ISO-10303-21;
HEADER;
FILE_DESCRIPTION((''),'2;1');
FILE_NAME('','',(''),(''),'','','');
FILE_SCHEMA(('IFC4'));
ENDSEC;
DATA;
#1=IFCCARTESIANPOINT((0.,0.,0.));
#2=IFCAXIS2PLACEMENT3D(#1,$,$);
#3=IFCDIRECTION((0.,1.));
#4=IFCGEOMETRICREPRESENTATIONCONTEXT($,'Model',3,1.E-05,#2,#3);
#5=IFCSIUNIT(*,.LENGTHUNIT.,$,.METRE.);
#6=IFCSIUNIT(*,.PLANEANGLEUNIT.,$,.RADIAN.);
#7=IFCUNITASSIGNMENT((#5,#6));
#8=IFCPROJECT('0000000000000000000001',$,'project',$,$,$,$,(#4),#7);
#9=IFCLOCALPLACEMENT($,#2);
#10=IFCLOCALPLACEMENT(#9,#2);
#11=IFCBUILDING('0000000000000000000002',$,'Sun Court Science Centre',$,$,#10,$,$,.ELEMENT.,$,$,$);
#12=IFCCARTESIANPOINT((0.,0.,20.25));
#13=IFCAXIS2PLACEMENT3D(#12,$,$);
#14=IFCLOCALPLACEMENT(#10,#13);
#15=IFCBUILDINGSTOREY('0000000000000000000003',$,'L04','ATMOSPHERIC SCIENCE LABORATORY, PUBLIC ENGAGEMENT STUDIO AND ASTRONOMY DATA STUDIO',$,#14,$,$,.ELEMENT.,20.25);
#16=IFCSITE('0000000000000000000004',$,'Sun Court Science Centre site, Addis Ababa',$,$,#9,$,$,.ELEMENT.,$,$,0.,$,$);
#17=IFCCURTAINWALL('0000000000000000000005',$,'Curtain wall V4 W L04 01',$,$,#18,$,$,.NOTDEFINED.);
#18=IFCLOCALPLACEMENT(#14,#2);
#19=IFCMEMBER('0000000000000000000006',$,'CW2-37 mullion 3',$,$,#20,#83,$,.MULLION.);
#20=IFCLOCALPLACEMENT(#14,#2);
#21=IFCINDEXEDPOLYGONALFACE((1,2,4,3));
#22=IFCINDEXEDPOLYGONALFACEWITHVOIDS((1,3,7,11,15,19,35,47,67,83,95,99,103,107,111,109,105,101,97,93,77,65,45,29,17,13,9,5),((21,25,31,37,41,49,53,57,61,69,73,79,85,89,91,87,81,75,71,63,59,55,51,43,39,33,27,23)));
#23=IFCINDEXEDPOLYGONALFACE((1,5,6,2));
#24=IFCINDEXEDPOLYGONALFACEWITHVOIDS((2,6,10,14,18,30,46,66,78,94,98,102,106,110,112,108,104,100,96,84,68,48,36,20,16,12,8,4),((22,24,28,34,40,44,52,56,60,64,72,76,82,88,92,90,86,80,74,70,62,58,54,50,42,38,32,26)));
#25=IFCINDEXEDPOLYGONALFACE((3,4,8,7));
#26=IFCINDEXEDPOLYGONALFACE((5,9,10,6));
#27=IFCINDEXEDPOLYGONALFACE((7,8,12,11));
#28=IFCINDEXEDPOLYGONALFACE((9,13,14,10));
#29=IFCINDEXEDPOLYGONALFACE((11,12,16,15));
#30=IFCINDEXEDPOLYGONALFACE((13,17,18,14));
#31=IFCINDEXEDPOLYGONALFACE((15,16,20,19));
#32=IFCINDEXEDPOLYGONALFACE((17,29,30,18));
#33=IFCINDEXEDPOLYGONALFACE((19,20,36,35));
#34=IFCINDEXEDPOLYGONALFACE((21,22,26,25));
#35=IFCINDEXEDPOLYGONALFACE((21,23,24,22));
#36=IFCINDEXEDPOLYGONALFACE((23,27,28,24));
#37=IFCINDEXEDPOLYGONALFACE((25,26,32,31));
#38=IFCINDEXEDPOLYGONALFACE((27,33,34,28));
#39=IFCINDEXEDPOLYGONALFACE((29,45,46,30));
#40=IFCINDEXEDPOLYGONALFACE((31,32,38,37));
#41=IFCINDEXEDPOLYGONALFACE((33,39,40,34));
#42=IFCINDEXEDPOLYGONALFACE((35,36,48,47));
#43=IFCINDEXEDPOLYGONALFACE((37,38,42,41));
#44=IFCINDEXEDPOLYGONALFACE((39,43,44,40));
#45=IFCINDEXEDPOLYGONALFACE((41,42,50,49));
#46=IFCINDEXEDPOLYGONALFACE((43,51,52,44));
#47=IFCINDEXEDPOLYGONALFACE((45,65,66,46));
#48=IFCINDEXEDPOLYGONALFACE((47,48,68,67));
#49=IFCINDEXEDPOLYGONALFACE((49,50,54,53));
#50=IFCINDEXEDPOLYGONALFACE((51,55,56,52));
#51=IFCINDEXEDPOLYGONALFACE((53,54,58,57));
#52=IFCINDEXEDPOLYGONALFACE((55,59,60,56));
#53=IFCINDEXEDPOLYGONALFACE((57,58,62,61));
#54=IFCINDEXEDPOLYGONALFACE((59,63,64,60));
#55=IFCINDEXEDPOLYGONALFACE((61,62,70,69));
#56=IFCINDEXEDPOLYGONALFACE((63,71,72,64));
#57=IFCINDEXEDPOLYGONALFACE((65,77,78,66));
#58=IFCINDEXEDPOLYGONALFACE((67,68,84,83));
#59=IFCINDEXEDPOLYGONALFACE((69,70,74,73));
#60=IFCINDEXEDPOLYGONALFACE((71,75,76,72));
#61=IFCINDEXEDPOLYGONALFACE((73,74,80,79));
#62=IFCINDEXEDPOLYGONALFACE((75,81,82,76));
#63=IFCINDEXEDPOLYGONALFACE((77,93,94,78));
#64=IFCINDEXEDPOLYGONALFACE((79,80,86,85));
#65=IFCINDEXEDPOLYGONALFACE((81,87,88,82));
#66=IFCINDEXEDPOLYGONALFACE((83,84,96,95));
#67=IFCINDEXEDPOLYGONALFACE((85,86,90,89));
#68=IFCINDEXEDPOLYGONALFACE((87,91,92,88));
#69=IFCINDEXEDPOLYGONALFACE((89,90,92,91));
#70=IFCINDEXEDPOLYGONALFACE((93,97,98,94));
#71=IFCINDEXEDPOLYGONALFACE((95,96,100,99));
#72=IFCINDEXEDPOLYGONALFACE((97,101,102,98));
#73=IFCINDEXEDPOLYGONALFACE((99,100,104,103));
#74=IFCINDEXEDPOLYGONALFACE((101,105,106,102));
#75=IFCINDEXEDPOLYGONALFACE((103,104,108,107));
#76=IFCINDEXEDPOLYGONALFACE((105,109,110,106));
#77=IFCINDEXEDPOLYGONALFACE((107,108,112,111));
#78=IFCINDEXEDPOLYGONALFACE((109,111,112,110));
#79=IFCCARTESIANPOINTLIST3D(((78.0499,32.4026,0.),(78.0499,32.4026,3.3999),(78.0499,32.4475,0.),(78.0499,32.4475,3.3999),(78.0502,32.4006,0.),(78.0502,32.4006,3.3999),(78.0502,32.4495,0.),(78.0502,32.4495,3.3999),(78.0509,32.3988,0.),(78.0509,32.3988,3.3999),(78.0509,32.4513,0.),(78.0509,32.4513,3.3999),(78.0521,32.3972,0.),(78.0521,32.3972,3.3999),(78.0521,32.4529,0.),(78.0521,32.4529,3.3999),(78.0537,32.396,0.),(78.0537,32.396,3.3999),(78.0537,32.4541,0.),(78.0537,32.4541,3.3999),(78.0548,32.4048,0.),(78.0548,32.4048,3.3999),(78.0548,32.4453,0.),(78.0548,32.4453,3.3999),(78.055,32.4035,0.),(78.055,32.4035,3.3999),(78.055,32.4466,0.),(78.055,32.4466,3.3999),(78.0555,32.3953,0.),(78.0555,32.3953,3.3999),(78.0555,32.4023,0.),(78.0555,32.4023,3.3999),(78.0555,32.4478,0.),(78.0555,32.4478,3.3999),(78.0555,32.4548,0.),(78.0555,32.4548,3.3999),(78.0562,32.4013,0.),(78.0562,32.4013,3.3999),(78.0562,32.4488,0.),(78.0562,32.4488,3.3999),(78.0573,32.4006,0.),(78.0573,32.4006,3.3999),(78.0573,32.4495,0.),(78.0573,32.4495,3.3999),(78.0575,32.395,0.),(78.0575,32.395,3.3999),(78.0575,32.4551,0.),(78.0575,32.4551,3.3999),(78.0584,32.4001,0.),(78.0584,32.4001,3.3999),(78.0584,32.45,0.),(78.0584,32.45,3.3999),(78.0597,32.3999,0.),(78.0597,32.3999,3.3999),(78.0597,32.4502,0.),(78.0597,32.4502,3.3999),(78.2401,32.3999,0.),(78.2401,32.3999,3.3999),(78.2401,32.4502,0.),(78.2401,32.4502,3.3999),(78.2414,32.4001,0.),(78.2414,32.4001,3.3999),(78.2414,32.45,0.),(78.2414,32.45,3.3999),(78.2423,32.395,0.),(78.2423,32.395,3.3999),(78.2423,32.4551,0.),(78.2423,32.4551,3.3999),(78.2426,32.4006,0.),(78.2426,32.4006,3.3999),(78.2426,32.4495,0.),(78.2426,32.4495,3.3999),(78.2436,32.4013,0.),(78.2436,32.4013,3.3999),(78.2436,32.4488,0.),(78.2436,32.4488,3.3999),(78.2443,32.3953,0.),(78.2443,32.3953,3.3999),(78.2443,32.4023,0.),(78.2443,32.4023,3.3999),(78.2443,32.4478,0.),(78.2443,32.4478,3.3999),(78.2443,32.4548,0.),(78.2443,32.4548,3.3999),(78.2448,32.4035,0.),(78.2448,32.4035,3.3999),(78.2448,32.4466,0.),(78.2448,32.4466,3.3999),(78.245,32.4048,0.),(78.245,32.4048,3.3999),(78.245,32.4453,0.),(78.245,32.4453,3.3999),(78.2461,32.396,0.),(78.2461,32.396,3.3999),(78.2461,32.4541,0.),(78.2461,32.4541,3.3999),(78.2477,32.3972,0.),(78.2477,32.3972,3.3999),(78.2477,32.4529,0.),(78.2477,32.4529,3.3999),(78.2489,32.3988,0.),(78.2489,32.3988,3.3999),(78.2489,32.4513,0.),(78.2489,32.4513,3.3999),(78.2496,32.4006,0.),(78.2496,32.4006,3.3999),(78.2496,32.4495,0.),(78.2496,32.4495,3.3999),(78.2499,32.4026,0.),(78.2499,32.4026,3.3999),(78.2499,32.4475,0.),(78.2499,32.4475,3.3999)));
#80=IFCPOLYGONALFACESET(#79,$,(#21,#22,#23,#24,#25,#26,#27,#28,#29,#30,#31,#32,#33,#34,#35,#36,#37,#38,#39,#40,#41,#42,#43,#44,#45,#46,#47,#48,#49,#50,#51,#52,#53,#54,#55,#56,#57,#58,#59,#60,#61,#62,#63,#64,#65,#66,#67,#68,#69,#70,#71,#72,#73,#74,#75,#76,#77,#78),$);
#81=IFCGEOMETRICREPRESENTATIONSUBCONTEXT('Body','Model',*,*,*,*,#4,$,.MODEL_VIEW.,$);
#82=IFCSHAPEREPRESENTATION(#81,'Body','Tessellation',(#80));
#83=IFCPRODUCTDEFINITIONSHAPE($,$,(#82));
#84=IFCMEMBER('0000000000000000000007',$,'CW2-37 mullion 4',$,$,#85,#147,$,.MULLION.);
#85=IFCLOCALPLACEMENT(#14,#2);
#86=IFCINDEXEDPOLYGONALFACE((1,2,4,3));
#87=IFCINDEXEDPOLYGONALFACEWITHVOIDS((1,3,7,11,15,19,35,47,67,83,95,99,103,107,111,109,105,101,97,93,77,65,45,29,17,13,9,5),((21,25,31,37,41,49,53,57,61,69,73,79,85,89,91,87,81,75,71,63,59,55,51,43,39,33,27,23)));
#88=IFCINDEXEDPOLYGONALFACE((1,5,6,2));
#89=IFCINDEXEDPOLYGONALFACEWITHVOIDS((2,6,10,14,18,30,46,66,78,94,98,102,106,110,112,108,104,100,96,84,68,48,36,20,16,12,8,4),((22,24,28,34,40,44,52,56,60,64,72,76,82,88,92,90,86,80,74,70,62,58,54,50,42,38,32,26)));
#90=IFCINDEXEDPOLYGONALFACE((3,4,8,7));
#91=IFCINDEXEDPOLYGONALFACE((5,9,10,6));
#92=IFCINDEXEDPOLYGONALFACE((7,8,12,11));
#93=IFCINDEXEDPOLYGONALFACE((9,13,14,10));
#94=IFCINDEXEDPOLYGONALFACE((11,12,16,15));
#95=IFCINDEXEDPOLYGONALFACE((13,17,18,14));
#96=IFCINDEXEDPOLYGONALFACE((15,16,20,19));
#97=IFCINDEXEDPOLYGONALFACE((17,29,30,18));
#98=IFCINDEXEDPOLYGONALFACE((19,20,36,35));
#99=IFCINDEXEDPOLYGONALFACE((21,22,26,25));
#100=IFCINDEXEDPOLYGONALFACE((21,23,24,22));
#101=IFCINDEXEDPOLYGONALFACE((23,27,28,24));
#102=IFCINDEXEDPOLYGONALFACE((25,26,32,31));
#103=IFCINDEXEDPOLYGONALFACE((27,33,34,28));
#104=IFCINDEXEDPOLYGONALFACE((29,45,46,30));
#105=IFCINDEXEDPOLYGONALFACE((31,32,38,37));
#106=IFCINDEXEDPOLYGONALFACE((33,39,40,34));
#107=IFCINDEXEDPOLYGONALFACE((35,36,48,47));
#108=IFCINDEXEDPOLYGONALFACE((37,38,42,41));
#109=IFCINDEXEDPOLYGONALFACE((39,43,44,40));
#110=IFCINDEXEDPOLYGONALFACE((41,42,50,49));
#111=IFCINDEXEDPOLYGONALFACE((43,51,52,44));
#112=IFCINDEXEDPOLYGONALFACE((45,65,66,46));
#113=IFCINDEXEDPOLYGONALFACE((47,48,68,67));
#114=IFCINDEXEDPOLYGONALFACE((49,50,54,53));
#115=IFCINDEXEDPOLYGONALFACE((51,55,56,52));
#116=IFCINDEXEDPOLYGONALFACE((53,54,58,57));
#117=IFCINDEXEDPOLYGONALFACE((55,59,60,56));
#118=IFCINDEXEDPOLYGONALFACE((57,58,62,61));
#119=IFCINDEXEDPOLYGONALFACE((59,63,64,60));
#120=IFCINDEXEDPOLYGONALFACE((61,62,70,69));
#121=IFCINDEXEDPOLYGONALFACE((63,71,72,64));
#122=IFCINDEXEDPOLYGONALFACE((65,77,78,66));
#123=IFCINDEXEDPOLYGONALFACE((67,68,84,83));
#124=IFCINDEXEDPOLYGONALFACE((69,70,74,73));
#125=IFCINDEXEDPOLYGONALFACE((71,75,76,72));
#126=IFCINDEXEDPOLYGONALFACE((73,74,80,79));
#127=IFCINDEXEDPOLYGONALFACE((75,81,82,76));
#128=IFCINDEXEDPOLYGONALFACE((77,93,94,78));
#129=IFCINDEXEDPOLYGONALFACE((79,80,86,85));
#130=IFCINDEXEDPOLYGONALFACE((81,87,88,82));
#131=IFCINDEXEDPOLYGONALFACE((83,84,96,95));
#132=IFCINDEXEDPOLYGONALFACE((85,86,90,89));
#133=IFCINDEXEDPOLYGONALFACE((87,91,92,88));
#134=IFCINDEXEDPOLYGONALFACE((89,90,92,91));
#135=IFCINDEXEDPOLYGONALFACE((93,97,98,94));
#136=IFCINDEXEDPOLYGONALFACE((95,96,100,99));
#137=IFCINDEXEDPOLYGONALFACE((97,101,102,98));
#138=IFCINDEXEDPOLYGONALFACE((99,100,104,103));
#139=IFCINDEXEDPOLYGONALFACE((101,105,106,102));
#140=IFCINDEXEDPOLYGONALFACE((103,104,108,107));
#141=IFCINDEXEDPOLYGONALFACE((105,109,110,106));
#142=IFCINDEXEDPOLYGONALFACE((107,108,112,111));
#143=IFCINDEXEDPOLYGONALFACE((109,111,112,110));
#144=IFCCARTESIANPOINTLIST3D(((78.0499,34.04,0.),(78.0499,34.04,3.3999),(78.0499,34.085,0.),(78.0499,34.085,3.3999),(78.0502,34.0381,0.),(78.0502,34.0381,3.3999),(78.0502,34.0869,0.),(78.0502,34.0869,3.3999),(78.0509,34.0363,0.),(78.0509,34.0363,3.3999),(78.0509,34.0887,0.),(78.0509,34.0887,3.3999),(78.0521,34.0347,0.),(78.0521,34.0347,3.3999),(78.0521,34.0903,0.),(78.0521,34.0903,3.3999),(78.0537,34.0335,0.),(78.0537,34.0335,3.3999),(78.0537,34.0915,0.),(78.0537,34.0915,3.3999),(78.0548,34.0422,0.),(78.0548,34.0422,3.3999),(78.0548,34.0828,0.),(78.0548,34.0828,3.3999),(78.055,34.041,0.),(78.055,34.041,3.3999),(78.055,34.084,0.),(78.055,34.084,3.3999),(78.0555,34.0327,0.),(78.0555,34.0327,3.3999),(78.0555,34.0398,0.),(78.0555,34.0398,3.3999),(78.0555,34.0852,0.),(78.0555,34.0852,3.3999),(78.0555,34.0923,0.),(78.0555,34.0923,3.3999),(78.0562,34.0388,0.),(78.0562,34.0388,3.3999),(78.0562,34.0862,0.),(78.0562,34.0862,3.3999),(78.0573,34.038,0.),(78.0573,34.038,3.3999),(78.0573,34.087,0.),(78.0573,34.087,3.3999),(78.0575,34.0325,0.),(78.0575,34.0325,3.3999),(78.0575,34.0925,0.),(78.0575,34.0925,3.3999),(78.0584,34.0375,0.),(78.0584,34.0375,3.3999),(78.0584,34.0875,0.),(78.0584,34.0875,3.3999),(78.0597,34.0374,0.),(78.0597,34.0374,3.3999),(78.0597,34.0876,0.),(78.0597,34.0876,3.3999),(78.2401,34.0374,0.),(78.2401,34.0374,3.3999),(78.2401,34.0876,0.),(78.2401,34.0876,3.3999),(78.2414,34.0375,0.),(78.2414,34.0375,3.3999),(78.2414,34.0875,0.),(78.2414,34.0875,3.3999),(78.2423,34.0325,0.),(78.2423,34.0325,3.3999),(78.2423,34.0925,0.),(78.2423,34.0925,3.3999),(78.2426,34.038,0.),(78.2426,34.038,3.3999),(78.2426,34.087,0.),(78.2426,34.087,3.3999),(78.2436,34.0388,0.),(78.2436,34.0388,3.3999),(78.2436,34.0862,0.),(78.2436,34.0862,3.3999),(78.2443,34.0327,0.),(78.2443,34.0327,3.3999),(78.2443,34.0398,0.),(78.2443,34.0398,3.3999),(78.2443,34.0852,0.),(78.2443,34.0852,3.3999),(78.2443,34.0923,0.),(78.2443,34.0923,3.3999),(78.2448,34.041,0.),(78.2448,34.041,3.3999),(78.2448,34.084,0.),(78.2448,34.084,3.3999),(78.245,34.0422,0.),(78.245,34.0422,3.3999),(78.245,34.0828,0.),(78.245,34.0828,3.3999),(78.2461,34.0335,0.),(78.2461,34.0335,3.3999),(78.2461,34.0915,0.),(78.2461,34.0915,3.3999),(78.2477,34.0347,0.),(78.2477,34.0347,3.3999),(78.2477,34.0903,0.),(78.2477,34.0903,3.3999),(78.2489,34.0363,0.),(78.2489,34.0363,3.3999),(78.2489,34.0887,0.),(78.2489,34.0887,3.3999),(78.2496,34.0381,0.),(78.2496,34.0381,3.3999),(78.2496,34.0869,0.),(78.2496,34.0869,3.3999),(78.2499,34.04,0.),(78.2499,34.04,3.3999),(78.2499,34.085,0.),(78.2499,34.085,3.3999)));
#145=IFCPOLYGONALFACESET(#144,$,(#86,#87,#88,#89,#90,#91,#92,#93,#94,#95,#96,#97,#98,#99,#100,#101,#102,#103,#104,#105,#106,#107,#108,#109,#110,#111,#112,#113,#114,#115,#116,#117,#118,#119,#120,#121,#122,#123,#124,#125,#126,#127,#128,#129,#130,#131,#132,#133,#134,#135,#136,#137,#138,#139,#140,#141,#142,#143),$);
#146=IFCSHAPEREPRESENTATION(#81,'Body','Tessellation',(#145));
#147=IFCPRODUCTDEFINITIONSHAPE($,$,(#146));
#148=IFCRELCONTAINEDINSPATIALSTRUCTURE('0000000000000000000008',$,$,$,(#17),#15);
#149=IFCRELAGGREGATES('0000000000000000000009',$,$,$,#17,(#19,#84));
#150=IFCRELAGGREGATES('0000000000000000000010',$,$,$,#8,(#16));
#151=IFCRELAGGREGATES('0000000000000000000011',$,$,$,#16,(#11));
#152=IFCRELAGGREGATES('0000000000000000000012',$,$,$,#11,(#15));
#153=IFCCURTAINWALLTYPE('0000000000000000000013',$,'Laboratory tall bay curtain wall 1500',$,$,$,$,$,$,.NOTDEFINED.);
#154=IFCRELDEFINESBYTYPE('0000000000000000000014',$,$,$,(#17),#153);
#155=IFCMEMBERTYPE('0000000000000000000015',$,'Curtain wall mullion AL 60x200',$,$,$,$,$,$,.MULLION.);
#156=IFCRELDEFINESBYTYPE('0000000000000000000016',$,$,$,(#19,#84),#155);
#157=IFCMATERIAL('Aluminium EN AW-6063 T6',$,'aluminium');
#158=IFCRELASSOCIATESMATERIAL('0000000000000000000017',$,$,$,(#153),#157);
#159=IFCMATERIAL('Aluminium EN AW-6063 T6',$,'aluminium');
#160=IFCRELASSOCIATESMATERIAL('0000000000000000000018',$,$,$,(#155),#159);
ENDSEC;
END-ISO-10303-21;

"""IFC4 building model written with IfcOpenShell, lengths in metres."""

from ifc_helpers import new_model, si_unit, direction, frame, origin, origin_2d, place, context, subcontext, project, spatial, hollow_rectangle, extrude, material, material_profile, profile_set, type_object, element, aggregate, save


model = new_model("IFC4")

# Units and contexts
model_context = context("Model", 3, precision=1e-05, world=origin(), true_north=direction((0.0, 1.0)))
body_context = subcontext(model_context, "Body", "Model", "MODEL_VIEW")
ifc_project = project(units=[si_unit("LENGTHUNIT", "METRE"), si_unit("PLANEANGLEUNIT", "RADIAN")], contexts=[model_context])

# Site, building, storey
site_placement = place(None, origin())
site = spatial("IfcSite", under=ifc_project, at=site_placement, Name="Sun Court Science Centre site, Addis Ababa", CompositionType="ELEMENT", RefElevation=0.0)
building_placement = place(site_placement, origin())
building = spatial("IfcBuilding", under=site, at=building_placement, Name="Sun Court Science Centre", CompositionType="ELEMENT")
storey_placement = place(building_placement, frame((0.0, 0.0, 20.25)))
storey = spatial("IfcBuildingStorey", under=building, at=storey_placement, Name="L04", Description="ATMOSPHERIC SCIENCE LABORATORY, PUBLIC ENGAGEMENT STUDIO AND ASTRONOMY DATA STUDIO", CompositionType="ELEMENT", Elevation=20.25)

# Curtain wall, members
ifc_material_1 = material(Name="Aluminium EN AW-6063 T6", Category="aluminium")
curtain_wall_type = type_object("IfcCurtainWallType", Name="Laboratory tall bay curtain wall 1500", PredefinedType="NOTDEFINED", material=ifc_material_1)
curtain_wall_placement = place(storey_placement, origin())
curtain_wall = element("IfcCurtainWall", 1, at=curtain_wall_placement, inside=storey, type_object=curtain_wall_type, Name="Curtain wall V4 W L04 01", PredefinedType="NOTDEFINED")
ifc_material_2 = material(Name="Aluminium EN AW-6063 T6", Category="aluminium")
ifc_material_profile_1 = material_profile(ifc_material_2, hollow_rectangle(XDim=0.0601, YDim=0.2, WallThickness=0.0049, InnerFilletRadius=0.0049, OuterFilletRadius=0.0076, at=origin_2d()), Name="AL 60x200x5")
ifc_profile_set_1 = profile_set([ifc_material_profile_1], Name="Aluminium EN AW-6063 T6")
member_type_1 = type_object("IfcMemberType", Name="Curtain wall mullion AL 60x200", PredefinedType="MULLION", material=ifc_profile_set_1)
member_1_placement = place(storey_placement, frame((78.1499, 32.425, 0.0), z_axis=(0.0, 0.0, 1.0), x_axis=(0.0, 1.0, 0.0)))
member_1 = element("IfcMember", 2, at=member_1_placement, type_object=member_type_1, Name="CW2-37 mullion 3", PredefinedType="MULLION", context=body_context, shape_type="SweptSolid", body=[
    extrude(hollow_rectangle(XDim=0.0601, YDim=0.2, WallThickness=0.0049, InnerFilletRadius=0.0049, OuterFilletRadius=0.0076, at=origin_2d()), origin(), (0.0, 0.0, 1.0), 3.3999),
])
member_2_placement = place(storey_placement, frame((78.1499, 34.0625, 0.0), z_axis=(0.0, 0.0, 1.0), x_axis=(0.0, 1.0, 0.0)))
member_2 = element("IfcMember", 3, at=member_2_placement, type_object=member_type_1, Name="CW2-37 mullion 4", PredefinedType="MULLION", context=body_context, shape_type="SweptSolid", body=[
    extrude(hollow_rectangle(XDim=0.0601, YDim=0.2, WallThickness=0.0049, InnerFilletRadius=0.0049, OuterFilletRadius=0.0076, at=origin_2d()), origin(), (0.0, 0.0, 1.0), 3.3999),
])
aggregate(curtain_wall, [member_1, member_2])

save(model, "model.ifc")
